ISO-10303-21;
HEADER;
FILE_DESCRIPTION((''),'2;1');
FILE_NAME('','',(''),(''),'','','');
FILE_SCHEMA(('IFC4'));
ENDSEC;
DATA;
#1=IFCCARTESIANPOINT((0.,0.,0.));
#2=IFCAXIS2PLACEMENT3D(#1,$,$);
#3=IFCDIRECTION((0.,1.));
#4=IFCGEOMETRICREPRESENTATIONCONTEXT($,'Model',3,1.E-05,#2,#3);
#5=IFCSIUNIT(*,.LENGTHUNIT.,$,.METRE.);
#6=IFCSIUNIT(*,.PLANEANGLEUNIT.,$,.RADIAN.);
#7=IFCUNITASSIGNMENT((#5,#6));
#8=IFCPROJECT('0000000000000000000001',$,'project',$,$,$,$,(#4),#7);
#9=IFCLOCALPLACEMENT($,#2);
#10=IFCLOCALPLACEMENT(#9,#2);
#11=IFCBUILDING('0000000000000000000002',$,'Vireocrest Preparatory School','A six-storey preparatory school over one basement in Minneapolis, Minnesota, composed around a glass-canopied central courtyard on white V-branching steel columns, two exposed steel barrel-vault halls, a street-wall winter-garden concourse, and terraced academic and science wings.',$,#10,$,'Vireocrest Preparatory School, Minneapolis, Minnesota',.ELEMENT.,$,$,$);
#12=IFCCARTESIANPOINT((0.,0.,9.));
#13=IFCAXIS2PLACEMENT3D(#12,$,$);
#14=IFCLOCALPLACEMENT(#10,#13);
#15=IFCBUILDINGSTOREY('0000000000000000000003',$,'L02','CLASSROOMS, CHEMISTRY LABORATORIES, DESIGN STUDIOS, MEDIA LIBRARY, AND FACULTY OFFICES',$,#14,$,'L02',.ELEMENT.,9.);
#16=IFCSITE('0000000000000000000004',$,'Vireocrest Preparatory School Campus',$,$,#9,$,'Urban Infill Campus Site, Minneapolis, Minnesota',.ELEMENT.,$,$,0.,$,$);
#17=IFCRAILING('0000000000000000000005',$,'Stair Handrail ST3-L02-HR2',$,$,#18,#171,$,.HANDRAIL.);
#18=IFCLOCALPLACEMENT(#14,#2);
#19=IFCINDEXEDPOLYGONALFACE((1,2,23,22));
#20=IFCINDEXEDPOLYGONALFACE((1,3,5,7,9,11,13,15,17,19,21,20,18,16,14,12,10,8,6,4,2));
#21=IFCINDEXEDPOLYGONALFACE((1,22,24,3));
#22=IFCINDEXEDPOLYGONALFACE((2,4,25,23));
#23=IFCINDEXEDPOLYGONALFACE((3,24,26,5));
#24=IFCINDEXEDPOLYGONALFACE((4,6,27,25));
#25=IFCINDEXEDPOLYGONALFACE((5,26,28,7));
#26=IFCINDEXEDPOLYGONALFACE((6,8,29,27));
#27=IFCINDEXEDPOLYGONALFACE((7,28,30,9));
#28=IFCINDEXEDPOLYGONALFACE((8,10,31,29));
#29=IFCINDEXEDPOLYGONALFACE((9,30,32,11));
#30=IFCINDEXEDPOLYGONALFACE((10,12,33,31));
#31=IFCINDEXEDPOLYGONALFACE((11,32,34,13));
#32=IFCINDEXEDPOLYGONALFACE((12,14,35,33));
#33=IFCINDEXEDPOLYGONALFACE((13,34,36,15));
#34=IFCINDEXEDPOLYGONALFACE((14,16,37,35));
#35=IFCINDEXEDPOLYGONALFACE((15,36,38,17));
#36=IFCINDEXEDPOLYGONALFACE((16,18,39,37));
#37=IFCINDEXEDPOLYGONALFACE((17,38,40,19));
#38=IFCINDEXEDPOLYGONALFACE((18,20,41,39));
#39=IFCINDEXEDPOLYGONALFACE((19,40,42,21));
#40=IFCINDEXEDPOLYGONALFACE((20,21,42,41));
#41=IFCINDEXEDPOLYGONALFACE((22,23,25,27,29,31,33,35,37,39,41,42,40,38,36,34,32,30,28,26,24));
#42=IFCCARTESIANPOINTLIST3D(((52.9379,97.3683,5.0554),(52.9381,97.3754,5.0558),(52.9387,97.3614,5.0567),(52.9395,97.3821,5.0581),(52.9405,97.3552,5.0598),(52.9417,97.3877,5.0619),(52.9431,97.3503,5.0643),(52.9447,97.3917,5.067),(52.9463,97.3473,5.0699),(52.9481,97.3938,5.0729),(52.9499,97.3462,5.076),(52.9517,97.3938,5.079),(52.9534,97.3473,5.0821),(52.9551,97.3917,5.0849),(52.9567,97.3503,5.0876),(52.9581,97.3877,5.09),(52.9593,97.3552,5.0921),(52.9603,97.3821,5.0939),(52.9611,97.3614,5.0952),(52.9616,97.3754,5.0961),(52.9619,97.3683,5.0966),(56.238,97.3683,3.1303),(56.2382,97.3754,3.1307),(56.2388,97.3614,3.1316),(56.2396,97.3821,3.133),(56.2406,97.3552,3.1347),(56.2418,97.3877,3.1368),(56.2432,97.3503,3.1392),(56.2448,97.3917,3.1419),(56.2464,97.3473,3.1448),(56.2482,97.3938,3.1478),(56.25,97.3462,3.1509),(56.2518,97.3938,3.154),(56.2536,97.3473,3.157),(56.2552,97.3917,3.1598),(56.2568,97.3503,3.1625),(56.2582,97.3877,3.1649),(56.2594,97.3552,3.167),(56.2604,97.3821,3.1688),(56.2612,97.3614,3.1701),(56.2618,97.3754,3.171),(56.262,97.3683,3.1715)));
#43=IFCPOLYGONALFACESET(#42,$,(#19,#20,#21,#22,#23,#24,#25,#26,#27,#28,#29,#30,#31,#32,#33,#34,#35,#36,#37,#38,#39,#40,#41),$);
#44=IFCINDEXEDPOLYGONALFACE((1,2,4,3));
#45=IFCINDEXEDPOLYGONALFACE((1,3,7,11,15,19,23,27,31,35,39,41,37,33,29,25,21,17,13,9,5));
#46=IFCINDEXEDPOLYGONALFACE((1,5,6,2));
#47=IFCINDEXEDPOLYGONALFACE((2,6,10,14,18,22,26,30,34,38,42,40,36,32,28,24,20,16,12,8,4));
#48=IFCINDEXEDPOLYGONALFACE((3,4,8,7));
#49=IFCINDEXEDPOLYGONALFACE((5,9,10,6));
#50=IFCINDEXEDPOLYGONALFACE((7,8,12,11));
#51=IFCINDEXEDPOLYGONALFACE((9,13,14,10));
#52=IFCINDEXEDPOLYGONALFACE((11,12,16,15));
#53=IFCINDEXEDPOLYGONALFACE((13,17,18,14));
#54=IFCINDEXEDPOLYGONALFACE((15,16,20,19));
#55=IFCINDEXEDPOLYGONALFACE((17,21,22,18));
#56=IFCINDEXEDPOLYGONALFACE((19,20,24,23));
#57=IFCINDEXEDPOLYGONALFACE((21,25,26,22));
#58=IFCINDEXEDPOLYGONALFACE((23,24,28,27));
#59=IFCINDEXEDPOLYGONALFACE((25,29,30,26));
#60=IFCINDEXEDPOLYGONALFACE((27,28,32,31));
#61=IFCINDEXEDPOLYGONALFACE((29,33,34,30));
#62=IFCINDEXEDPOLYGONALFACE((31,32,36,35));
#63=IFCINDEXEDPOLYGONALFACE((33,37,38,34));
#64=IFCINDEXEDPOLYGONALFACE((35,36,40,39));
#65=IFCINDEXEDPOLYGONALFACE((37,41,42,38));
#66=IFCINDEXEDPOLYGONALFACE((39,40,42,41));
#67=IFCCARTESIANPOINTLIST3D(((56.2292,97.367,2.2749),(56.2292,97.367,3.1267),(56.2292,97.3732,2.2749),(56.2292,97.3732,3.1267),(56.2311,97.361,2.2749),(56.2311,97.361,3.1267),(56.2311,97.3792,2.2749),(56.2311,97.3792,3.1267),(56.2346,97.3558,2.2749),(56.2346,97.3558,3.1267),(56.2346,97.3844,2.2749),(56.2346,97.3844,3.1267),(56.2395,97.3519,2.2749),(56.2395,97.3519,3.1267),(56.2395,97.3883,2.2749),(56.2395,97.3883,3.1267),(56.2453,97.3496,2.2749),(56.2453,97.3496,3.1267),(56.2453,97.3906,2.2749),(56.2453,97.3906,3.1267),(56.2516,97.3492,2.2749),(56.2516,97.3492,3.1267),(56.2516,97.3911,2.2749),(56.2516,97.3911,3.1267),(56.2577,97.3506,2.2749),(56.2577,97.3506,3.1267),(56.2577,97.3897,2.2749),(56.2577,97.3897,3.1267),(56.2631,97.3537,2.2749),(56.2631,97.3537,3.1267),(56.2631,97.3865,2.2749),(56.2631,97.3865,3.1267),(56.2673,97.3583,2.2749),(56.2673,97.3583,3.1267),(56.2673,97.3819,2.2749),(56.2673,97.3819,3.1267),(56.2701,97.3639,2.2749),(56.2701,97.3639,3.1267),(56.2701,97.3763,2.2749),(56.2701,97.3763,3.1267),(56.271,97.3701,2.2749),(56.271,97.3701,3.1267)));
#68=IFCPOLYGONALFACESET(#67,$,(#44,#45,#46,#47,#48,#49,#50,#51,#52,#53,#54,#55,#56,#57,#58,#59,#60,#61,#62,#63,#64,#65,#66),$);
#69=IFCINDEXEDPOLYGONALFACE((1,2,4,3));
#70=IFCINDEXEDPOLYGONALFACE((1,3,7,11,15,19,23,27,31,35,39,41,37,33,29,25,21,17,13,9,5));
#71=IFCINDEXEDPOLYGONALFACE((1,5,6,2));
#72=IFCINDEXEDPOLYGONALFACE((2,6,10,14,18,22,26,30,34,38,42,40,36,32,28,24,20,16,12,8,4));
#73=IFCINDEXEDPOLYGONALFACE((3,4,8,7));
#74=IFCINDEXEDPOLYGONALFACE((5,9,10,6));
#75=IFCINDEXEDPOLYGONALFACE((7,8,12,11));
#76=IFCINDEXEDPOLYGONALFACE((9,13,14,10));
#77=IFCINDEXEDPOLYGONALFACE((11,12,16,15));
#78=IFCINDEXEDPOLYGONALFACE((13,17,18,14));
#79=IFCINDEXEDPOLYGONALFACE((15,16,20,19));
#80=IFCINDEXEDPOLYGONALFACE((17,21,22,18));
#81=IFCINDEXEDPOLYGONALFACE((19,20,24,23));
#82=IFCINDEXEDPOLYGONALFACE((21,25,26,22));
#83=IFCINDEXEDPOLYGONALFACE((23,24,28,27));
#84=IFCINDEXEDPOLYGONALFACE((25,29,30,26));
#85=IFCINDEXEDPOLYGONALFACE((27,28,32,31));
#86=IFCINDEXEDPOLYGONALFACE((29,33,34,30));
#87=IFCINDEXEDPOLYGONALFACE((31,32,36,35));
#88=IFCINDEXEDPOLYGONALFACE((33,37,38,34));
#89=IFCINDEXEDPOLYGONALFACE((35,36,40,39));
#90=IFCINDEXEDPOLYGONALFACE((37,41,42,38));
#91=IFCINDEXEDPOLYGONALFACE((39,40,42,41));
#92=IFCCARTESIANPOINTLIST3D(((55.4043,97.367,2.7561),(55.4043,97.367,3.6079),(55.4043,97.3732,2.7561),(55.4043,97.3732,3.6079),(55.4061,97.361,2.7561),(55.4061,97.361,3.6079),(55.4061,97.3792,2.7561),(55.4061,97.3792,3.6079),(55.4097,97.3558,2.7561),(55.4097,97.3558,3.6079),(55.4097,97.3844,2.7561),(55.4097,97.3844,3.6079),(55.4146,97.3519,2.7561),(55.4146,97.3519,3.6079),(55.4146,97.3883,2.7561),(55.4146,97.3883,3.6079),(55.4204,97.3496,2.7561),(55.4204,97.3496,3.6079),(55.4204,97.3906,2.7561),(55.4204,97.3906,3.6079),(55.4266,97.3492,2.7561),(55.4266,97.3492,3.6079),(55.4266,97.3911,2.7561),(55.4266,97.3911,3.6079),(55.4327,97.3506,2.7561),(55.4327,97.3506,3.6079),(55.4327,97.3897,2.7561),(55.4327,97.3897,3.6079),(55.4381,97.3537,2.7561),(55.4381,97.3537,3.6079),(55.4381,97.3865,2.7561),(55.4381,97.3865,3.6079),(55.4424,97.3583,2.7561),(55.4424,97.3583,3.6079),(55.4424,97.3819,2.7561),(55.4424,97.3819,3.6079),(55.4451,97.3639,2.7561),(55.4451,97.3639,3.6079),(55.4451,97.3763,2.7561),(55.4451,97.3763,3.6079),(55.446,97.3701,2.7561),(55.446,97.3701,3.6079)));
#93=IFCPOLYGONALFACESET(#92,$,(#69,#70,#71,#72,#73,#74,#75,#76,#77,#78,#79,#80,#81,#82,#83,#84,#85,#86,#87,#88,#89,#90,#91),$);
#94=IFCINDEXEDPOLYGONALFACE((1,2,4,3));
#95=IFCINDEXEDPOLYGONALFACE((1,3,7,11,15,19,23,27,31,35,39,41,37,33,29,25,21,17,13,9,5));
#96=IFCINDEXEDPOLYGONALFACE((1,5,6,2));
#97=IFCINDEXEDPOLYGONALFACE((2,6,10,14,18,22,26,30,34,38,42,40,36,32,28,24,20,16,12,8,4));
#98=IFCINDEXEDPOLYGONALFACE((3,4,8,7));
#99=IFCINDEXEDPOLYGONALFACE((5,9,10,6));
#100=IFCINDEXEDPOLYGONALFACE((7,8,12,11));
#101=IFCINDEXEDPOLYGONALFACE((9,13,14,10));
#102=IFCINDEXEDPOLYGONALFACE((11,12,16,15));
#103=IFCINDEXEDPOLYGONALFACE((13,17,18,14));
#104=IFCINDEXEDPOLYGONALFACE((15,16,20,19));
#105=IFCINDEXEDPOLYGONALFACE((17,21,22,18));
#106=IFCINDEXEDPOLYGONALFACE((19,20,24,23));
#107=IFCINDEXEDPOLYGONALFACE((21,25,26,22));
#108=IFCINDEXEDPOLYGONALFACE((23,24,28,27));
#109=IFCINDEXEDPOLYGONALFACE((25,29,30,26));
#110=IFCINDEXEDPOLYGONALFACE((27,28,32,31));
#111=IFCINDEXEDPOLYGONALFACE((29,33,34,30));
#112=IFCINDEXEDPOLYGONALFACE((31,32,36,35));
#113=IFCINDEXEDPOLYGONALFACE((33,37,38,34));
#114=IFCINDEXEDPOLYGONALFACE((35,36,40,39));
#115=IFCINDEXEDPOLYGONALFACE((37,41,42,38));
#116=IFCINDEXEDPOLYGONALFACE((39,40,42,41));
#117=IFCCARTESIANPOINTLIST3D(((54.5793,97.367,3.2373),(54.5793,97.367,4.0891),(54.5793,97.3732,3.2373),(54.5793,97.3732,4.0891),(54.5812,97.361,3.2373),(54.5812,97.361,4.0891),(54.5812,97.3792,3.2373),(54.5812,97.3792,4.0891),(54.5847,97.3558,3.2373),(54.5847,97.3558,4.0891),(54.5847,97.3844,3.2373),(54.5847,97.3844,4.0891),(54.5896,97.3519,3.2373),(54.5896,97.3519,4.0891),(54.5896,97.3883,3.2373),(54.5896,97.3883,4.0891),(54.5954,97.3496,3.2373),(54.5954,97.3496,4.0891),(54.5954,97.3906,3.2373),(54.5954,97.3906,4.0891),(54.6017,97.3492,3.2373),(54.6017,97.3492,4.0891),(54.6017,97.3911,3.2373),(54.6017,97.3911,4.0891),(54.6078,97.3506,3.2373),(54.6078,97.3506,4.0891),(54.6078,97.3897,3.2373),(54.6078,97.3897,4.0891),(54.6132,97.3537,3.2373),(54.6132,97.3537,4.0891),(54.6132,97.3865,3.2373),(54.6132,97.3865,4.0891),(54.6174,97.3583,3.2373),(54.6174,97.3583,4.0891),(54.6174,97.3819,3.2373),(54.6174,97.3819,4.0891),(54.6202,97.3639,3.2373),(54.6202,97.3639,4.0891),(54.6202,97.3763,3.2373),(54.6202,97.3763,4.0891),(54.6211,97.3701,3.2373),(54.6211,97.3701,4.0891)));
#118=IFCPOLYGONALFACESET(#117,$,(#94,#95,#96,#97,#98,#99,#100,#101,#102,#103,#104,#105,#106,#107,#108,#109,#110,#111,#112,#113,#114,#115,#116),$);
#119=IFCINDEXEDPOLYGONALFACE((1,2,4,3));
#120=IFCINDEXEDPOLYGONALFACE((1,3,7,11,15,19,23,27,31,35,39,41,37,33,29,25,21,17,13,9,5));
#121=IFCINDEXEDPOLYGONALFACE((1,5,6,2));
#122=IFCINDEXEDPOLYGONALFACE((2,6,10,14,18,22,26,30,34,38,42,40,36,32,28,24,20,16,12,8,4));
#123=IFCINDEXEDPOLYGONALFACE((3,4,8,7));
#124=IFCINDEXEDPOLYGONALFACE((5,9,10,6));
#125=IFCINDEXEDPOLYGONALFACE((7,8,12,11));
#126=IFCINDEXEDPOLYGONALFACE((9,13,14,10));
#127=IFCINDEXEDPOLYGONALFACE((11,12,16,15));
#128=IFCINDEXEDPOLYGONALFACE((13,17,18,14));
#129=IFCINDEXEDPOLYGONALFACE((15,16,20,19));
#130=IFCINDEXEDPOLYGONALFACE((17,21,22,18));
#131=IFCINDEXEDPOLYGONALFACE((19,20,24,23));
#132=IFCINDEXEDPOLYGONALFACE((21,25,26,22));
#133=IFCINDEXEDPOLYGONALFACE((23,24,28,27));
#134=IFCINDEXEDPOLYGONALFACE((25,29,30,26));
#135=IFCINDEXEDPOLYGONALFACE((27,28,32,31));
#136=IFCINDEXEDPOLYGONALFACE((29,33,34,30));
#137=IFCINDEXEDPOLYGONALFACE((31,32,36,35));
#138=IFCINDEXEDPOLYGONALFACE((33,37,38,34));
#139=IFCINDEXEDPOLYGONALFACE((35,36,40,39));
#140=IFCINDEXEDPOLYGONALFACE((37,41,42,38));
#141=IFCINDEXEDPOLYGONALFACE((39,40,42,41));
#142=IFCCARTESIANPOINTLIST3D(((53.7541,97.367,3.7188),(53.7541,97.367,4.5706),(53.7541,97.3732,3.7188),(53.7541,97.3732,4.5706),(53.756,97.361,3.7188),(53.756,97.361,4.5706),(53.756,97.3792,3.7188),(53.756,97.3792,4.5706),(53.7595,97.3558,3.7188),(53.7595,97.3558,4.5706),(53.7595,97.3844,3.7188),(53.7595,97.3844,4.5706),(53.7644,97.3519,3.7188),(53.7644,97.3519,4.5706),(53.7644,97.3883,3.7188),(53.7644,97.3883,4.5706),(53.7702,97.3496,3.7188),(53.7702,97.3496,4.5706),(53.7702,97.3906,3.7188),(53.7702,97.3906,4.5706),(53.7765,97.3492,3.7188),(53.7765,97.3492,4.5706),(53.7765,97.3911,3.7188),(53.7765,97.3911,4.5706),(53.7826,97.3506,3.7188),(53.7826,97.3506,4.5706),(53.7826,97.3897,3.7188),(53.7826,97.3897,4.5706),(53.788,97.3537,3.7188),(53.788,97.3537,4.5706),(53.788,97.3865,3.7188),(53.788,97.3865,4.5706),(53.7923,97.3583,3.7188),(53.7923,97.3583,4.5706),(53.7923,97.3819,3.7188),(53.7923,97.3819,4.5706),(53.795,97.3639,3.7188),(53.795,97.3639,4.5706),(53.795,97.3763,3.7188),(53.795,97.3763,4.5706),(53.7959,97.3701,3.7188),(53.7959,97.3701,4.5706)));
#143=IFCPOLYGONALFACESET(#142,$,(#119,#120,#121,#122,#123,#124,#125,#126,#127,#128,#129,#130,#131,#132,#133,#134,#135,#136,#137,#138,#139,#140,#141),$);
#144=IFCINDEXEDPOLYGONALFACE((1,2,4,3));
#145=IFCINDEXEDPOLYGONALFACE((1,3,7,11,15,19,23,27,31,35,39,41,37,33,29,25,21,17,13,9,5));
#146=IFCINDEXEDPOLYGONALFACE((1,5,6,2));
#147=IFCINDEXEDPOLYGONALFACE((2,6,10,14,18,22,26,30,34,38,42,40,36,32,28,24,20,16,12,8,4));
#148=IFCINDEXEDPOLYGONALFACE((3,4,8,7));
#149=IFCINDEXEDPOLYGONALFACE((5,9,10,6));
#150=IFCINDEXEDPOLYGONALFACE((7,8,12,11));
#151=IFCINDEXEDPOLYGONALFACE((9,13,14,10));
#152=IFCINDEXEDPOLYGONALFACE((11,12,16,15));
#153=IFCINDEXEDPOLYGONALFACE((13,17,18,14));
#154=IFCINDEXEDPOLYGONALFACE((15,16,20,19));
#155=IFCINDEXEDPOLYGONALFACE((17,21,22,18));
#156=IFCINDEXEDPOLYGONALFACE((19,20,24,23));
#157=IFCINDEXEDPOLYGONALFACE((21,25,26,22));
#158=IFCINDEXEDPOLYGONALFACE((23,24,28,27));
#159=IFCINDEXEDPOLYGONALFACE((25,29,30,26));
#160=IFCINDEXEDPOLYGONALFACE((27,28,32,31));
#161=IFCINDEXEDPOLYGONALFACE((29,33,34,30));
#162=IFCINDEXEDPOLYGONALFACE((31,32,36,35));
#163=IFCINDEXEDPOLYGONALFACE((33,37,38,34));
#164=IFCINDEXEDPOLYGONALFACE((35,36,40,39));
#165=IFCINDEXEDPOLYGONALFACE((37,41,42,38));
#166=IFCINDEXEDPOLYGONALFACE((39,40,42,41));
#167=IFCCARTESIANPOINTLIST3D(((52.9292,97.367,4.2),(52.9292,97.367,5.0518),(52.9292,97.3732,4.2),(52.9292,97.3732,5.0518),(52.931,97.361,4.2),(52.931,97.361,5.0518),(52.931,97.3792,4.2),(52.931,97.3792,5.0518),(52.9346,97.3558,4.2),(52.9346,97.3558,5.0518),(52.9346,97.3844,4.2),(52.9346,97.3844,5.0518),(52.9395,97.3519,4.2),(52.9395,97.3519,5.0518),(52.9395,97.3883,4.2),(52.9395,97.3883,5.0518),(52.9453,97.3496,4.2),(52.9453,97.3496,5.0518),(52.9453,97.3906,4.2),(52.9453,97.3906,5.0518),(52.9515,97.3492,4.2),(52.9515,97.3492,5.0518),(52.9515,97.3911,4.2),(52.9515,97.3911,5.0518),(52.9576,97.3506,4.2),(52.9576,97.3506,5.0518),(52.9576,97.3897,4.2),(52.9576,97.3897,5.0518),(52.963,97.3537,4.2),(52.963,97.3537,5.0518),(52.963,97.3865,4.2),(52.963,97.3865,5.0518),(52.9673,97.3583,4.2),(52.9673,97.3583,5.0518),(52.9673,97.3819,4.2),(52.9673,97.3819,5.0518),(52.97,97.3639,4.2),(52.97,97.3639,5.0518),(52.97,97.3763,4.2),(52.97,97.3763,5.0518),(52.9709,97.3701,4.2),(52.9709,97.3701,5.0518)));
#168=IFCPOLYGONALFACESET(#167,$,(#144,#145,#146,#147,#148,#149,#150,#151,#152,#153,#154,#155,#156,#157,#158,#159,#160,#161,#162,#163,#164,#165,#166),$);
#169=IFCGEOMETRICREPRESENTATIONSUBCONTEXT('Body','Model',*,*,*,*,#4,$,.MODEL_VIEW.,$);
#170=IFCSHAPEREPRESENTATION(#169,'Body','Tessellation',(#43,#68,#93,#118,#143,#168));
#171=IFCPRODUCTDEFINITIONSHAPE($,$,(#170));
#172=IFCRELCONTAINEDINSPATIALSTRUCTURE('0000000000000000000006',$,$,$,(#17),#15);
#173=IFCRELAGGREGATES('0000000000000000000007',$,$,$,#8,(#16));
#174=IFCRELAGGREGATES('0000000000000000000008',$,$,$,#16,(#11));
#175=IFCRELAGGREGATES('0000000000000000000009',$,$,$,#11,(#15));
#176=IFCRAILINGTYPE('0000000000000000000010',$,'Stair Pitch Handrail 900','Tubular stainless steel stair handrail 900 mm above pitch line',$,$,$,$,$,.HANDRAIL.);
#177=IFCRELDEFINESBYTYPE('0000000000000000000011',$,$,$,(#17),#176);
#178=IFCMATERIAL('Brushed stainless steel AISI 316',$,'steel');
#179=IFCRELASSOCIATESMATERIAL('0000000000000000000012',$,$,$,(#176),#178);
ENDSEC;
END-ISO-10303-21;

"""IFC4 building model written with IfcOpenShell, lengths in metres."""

from ifc_helpers import new_model, si_unit, direction, frame, origin, origin_2d, place, context, subcontext, project, spatial, circle, extrude, material, type_object, element, save


model = new_model("IFC4")

# Units and contexts
model_context = context("Model", 3, precision=1e-05, world=origin(), true_north=direction((0.0, 1.0)))
body_context = subcontext(model_context, "Body", "Model", "MODEL_VIEW")
ifc_project = project(units=[si_unit("LENGTHUNIT", "METRE"), si_unit("PLANEANGLEUNIT", "RADIAN")], contexts=[model_context])

# Site, building, storey
site_placement = place(None, origin())
site = spatial("IfcSite", under=ifc_project, at=site_placement, Name="Vireocrest Preparatory School Campus", LongName="Urban Infill Campus Site, Minneapolis, Minnesota", CompositionType="ELEMENT", RefElevation=0.0)
building_placement = place(site_placement, origin())
building = spatial("IfcBuilding", under=site, at=building_placement, Name="Vireocrest Preparatory School", Description="A six-storey preparatory school over one basement in Minneapolis, Minnesota, composed around a glass-canopied central courtyard on white V-branching steel columns, two exposed steel barrel-vault halls, a street-wall winter-garden concourse, and terraced academic and science wings.", LongName="Vireocrest Preparatory School, Minneapolis, Minnesota", CompositionType="ELEMENT")
storey_placement = place(building_placement, frame((0.0, 0.0, 9.0)))
storey = spatial("IfcBuildingStorey", under=building, at=storey_placement, Name="L02", Description="CLASSROOMS, CHEMISTRY LABORATORIES, DESIGN STUDIOS, MEDIA LIBRARY, AND FACULTY OFFICES", LongName="L02", CompositionType="ELEMENT", Elevation=9.0)

# Railing
ifc_material_1 = material(Name="Brushed stainless steel AISI 316", Category="steel")
railing_type_1 = type_object("IfcRailingType", Name="Stair Pitch Handrail 900", Description="Tubular stainless steel stair handrail 900 mm above pitch line", PredefinedType="HANDRAIL", material=ifc_material_1)
railing_1_placement = place(storey_placement, frame((56.25, 97.3701, 2.2749)))
element("IfcRailing", 1, at=railing_1_placement, inside=storey, type_object=railing_type_1, Name="Stair Handrail ST3-L02-HR2", PredefinedType="HANDRAIL", context=body_context, shape_type="SweptSolid", body=[
    extrude(circle(Radius=0.0239, at=origin_2d()), frame((0.0, 0.0, 0.876), z_axis=(-0.863777, 0.0, 0.503875), x_axis=(0.0, -1.0, 0.0)), (0.0, 0.0, 1.0), 3.8206),
    extrude(circle(Radius=0.021, at=origin_2d()), origin(), (0.0, 0.0, 1.0), 0.8518),
    extrude(circle(Radius=0.021, at=origin_2d()), frame((-0.825, 0.0, 0.4812)), (0.0, 0.0, 1.0), 0.8518),
    extrude(circle(Radius=0.021, at=origin_2d()), frame((-1.6499, 0.0, 0.9624)), (0.0, 0.0, 1.0), 0.8518),
    extrude(circle(Radius=0.021, at=origin_2d()), frame((-2.4751, 0.0, 1.4438)), (0.0, 0.0, 1.0), 0.8518),
    extrude(circle(Radius=0.021, at=origin_2d()), frame((-3.3, 0.0, 1.925)), (0.0, 0.0, 1.0), 0.8518),
])

save(model, "model.ifc")
